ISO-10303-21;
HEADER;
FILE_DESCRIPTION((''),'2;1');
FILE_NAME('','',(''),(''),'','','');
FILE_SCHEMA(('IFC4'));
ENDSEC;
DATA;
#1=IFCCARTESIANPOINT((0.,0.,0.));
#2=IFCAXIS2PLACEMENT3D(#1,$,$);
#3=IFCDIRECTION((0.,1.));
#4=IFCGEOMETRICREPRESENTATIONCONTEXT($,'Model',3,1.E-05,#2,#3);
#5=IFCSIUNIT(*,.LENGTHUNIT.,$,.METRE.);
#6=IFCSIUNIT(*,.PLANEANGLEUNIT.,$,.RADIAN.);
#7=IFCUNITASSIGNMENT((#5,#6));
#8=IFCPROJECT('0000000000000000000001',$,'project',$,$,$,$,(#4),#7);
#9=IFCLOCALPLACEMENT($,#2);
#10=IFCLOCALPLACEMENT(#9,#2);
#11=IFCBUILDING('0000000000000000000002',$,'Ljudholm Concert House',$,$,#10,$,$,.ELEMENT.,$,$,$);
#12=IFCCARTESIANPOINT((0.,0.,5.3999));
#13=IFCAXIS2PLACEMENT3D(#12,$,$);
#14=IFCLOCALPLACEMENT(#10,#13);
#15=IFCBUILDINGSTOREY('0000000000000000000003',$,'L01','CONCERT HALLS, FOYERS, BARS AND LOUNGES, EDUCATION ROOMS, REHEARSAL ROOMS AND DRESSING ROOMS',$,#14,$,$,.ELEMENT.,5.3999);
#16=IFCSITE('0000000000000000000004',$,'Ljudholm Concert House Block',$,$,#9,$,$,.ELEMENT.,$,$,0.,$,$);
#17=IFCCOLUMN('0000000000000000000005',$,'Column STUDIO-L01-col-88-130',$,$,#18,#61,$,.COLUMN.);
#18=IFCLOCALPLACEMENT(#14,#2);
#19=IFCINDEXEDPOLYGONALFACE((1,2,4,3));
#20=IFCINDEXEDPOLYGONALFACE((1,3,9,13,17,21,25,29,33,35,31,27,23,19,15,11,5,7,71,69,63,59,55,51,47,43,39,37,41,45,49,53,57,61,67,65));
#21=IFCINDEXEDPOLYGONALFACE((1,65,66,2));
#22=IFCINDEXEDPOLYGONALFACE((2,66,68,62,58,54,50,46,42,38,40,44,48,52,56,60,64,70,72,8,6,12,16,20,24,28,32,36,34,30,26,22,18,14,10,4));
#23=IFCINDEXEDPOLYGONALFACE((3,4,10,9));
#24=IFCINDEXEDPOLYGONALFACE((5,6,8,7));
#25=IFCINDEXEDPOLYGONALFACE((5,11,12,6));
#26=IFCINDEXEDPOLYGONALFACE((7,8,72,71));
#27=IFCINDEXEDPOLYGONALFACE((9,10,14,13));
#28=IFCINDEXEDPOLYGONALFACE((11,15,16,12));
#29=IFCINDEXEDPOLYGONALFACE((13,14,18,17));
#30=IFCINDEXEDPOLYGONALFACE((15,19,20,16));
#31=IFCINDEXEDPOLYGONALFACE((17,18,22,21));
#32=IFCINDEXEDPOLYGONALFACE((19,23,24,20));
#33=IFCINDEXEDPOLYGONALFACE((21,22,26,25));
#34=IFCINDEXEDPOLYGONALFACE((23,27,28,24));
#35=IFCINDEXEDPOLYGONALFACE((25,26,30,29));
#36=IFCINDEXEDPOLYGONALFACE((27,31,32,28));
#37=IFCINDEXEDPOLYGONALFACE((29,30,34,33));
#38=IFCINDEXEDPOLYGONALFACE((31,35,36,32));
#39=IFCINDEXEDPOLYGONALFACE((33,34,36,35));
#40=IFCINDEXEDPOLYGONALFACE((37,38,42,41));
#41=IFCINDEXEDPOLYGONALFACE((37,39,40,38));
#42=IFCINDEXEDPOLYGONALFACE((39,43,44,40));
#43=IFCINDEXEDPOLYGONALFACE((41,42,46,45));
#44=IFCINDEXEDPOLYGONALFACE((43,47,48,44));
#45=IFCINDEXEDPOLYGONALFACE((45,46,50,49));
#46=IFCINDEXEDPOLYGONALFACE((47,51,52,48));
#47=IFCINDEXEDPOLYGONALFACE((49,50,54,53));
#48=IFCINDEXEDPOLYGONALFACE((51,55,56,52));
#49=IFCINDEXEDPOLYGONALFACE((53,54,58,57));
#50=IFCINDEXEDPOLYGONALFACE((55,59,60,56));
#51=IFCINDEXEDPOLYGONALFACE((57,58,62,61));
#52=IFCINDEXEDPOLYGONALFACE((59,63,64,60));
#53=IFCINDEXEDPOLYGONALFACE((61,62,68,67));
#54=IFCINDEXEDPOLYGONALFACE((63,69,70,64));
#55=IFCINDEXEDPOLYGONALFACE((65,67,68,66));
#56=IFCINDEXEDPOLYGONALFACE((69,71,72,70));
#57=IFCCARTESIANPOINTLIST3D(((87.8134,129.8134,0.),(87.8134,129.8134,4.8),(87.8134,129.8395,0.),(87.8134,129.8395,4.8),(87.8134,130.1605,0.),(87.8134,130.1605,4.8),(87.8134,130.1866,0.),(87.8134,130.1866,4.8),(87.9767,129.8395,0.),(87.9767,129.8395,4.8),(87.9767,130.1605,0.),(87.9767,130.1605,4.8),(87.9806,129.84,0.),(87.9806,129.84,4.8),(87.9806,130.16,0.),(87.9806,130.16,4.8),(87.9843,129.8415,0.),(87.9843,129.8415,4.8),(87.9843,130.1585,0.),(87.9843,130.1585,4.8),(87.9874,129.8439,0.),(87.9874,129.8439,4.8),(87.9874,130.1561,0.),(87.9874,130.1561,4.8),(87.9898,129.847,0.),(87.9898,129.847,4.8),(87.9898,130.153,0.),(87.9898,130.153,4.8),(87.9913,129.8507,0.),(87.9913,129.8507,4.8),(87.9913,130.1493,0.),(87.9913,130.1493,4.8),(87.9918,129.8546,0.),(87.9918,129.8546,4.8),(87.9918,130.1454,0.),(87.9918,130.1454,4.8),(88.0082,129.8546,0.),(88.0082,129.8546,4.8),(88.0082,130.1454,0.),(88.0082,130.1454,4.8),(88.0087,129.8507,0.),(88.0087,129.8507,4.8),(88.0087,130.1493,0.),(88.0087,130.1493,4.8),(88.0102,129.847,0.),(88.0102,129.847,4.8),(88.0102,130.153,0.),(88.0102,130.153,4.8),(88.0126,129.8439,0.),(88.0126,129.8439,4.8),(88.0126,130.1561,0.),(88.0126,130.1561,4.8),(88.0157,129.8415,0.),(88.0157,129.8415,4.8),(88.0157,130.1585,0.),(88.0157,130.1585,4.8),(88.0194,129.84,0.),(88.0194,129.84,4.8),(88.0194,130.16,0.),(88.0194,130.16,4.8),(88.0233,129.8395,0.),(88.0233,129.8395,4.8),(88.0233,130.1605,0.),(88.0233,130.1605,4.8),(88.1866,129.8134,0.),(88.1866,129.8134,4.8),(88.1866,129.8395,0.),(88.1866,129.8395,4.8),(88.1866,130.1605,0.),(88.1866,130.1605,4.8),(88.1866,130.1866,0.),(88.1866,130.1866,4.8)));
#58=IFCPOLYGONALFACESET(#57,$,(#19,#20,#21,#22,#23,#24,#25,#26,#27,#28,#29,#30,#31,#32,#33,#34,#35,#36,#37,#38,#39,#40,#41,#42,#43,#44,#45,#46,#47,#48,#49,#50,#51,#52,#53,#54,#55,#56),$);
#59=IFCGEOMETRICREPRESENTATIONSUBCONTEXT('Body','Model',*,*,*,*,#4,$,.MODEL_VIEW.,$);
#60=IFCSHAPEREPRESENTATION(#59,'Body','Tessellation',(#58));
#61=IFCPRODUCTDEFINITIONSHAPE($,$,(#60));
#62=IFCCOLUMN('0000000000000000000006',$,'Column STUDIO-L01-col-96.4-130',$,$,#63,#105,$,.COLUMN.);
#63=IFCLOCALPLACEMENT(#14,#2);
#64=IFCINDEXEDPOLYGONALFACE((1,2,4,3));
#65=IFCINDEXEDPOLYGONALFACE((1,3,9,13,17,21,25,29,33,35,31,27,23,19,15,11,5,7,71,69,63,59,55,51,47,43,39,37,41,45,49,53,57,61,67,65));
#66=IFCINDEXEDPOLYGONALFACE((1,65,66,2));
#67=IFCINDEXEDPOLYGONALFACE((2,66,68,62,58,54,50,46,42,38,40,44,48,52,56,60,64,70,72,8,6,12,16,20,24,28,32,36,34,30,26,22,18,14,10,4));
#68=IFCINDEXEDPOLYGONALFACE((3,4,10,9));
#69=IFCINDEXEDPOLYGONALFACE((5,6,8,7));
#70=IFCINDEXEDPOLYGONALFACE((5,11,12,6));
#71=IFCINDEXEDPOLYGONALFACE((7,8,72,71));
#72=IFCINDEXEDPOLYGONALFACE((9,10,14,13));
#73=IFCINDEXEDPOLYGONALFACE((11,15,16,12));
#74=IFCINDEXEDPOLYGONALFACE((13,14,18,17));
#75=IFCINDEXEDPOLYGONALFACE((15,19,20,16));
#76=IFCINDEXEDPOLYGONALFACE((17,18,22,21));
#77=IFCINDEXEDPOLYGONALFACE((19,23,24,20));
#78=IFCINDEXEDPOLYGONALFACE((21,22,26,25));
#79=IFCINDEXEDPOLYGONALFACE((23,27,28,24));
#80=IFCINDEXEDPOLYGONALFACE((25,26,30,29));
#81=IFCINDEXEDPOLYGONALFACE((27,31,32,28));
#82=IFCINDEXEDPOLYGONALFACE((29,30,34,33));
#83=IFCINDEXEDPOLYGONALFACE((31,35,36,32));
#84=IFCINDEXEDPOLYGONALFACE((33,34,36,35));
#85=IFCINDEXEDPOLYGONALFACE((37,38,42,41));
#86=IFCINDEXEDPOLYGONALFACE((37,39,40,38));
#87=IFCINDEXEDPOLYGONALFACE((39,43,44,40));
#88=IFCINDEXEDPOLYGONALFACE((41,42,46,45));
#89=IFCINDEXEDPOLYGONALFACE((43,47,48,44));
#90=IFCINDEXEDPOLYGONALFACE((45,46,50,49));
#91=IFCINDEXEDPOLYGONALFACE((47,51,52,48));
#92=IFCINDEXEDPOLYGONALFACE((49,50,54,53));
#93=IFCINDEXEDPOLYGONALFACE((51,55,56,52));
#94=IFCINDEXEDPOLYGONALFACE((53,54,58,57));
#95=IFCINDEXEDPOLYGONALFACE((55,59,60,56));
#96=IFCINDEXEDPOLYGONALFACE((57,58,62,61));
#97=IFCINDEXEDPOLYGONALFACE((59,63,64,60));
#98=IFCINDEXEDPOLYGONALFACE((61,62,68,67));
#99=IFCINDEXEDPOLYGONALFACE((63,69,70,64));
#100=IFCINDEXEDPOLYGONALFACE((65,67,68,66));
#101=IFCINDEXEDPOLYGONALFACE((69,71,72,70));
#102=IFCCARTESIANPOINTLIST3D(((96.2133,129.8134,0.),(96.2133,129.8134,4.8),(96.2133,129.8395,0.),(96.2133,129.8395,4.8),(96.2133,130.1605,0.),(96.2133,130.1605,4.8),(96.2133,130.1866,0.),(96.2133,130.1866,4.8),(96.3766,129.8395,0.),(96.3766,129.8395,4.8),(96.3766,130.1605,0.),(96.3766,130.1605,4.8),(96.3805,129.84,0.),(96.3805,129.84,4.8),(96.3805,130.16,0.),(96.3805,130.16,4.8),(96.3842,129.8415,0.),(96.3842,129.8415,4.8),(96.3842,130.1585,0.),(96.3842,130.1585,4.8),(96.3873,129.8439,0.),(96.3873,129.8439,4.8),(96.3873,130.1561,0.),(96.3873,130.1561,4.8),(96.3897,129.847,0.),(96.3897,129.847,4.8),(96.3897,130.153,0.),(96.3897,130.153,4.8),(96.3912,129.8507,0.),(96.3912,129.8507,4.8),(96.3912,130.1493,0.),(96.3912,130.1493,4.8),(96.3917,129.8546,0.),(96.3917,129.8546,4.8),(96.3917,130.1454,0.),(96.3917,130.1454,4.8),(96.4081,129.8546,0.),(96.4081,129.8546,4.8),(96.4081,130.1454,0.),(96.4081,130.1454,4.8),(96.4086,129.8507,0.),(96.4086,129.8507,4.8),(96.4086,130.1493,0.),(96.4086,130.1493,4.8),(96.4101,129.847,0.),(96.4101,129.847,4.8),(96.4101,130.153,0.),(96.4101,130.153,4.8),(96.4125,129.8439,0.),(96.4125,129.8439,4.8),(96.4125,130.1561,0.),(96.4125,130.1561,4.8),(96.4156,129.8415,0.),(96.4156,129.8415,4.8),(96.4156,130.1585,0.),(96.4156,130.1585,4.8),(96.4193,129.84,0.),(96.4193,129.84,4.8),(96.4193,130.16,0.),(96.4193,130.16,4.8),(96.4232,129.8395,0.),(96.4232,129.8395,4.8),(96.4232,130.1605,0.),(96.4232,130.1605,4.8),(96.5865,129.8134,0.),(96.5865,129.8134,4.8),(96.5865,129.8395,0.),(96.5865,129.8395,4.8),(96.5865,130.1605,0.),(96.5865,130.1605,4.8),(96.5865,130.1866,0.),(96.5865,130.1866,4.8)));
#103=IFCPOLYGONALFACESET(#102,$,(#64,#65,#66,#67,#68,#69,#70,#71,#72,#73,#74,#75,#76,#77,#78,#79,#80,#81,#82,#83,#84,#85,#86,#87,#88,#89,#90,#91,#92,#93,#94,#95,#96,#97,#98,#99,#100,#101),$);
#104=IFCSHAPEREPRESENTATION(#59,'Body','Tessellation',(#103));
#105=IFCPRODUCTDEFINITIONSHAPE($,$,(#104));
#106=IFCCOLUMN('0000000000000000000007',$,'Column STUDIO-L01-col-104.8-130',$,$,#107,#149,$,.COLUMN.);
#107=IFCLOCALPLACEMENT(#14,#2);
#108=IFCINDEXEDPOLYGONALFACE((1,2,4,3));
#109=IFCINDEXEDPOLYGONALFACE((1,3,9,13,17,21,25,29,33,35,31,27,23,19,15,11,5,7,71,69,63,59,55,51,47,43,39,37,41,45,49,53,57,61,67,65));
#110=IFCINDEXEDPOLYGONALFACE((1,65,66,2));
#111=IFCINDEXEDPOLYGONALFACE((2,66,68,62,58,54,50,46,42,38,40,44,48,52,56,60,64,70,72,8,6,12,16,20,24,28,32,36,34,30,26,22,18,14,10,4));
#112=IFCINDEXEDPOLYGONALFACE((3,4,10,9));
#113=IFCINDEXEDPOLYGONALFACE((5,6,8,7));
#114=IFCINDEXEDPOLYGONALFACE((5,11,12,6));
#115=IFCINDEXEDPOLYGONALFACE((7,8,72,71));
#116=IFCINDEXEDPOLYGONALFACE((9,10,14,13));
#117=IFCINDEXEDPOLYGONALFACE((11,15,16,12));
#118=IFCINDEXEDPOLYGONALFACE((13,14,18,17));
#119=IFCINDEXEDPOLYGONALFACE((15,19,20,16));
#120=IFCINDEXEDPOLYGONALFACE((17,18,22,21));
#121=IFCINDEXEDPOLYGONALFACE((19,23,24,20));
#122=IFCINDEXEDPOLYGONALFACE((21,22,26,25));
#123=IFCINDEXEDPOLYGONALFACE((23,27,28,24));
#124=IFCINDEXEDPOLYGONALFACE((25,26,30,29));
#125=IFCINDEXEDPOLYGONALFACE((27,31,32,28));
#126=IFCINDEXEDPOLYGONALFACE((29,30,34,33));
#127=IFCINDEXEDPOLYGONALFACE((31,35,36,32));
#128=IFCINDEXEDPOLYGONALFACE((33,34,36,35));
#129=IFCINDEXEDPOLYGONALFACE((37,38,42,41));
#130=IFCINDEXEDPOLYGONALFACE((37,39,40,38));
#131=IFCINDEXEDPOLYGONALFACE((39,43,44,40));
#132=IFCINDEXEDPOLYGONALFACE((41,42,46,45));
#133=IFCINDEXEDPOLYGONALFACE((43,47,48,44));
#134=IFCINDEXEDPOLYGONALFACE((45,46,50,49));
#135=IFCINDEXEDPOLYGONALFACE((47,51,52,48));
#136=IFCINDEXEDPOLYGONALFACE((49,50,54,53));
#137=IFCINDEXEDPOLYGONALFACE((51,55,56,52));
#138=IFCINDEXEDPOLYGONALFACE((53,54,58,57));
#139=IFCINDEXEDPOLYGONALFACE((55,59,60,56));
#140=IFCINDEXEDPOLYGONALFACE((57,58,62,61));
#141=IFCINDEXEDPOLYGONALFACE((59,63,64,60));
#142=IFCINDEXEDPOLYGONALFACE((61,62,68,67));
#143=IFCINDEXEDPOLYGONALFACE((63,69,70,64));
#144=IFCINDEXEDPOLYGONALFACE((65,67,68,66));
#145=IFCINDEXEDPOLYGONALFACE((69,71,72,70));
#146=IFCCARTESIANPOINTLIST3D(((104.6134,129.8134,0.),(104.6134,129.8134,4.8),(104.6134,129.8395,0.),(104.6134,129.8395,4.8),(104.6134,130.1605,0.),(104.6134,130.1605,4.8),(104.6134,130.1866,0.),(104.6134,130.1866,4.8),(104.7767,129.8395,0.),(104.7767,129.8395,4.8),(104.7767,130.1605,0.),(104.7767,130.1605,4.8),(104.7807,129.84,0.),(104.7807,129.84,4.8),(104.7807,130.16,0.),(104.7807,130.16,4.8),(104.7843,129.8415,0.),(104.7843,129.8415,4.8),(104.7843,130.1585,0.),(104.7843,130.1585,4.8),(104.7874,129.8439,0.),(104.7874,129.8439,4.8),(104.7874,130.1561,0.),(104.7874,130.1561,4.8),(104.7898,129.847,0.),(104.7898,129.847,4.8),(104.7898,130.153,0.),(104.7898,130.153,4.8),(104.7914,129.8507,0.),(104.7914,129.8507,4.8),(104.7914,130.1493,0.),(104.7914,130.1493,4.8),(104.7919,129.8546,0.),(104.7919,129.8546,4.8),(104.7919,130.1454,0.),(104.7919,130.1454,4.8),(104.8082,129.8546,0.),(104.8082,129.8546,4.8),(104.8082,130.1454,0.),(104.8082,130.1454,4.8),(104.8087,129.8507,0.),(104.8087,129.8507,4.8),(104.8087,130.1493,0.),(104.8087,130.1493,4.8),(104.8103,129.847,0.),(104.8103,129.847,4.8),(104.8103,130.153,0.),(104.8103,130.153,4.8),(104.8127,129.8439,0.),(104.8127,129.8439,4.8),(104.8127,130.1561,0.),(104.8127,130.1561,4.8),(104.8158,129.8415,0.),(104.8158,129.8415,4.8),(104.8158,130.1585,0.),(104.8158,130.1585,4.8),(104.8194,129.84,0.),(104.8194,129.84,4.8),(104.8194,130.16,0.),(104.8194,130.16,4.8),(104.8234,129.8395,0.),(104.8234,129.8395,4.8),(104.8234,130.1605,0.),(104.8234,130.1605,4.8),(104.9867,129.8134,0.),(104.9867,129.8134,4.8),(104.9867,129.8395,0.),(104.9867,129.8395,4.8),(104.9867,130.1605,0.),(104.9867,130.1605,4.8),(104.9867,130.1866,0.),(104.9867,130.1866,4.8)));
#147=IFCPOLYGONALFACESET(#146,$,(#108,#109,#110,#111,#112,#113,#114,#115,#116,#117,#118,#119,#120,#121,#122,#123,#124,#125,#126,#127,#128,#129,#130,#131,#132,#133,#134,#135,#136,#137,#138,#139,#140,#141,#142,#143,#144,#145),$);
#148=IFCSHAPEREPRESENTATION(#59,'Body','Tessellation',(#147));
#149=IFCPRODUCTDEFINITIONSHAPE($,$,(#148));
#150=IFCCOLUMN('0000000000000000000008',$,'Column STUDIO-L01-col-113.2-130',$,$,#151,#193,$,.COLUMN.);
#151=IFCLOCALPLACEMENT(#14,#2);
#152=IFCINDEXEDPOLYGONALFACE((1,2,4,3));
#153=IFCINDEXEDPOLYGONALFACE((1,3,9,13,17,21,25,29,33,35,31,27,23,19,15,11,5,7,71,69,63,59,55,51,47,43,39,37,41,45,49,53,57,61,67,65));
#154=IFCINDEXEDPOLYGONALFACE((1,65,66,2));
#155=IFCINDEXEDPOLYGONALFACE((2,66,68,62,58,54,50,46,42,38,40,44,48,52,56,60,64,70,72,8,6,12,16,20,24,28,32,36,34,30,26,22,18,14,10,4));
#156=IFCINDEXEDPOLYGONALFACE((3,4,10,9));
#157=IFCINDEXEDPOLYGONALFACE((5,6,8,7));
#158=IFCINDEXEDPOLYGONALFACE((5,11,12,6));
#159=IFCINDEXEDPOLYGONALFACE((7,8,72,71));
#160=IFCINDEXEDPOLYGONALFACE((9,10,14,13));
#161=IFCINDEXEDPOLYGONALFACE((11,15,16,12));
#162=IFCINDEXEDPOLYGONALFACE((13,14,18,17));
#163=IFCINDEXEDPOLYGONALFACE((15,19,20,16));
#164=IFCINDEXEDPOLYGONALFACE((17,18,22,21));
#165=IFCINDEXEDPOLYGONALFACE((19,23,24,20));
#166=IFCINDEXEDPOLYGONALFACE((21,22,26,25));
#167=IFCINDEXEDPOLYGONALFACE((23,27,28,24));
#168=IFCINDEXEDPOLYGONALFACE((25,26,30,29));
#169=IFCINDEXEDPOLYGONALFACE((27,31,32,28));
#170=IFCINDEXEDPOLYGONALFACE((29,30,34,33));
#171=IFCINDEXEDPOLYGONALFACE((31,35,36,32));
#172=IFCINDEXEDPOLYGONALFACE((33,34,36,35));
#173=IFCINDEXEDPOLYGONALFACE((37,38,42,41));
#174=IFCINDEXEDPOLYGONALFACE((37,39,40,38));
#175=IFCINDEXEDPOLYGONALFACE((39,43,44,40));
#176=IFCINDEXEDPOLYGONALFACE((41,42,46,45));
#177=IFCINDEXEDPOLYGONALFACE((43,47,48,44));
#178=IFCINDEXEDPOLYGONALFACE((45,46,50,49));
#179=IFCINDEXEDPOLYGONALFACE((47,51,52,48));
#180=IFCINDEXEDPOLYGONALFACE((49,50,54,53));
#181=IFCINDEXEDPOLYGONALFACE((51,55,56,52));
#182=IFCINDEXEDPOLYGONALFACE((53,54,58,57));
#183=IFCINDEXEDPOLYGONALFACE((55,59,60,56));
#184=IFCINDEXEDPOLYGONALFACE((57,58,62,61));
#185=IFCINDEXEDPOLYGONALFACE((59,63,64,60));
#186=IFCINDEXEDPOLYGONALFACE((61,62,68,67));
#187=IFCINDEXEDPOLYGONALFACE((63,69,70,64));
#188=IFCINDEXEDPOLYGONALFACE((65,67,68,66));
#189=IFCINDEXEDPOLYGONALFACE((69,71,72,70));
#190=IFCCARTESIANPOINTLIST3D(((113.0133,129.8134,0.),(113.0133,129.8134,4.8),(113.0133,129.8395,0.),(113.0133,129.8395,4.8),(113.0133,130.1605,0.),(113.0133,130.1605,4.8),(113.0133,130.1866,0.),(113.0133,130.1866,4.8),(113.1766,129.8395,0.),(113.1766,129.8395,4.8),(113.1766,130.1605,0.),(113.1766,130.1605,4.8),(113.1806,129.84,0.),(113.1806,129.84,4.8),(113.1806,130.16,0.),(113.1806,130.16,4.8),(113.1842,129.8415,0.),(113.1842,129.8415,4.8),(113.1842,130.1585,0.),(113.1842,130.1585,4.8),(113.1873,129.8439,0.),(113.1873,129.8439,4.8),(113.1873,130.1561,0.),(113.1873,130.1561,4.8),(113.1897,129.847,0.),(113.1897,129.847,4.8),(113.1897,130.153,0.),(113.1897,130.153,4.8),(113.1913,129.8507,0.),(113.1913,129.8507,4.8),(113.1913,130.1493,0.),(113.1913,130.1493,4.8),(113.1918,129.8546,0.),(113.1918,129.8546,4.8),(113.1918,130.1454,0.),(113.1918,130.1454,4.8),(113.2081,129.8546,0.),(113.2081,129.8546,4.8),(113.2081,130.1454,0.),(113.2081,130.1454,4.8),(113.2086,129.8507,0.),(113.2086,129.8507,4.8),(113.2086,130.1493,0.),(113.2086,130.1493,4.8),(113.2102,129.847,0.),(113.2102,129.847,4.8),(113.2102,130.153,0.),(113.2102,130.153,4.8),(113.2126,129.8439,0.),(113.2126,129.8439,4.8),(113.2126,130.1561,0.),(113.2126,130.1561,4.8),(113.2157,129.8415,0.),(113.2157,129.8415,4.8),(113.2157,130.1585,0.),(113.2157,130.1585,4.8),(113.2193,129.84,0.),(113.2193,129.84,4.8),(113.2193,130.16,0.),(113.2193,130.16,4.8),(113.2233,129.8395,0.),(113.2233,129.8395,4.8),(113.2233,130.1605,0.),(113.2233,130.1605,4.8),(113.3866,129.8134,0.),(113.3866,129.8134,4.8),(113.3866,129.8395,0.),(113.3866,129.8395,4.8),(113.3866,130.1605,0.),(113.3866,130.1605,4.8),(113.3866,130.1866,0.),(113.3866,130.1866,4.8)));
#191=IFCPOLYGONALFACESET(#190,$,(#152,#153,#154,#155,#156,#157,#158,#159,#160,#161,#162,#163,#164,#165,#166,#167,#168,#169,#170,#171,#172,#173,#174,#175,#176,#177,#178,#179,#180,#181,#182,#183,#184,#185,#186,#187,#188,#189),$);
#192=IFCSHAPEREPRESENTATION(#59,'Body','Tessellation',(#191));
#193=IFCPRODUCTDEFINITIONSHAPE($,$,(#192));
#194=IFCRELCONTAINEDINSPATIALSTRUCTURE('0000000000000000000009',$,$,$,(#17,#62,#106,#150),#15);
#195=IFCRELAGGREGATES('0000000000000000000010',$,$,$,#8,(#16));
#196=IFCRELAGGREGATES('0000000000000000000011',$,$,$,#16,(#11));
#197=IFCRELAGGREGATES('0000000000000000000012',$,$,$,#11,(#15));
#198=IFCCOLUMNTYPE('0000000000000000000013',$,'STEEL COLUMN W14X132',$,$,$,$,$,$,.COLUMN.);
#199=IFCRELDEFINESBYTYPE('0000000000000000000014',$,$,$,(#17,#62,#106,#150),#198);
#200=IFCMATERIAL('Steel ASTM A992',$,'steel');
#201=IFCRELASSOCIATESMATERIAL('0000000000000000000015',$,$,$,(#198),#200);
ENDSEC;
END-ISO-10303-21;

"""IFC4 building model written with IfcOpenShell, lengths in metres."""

from ifc_helpers import new_model, si_unit, direction, frame, origin, origin_2d, place, context, subcontext, project, spatial, i_section, extrude, material, material_profile, profile_set, type_object, element, save


model = new_model("IFC4")

# Units and contexts
model_context = context("Model", 3, precision=1e-05, world=origin(), true_north=direction((0.0, 1.0)))
body_context = subcontext(model_context, "Body", "Model", "MODEL_VIEW")
ifc_project = project(units=[si_unit("LENGTHUNIT", "METRE"), si_unit("PLANEANGLEUNIT", "RADIAN")], contexts=[model_context])

# Site, building, storey
site_placement = place(None, origin())
site = spatial("IfcSite", under=ifc_project, at=site_placement, Name="Ljudholm Concert House Block", CompositionType="ELEMENT", RefElevation=0.0)
building_placement = place(site_placement, origin())
building = spatial("IfcBuilding", under=site, at=building_placement, Name="Ljudholm Concert House", CompositionType="ELEMENT")
storey_placement = place(building_placement, frame((0.0, 0.0, 5.3999)))
storey = spatial("IfcBuildingStorey", under=building, at=storey_placement, Name="L01", Description="CONCERT HALLS, FOYERS, BARS AND LOUNGES, EDUCATION ROOMS, REHEARSAL ROOMS AND DRESSING ROOMS", CompositionType="ELEMENT", Elevation=5.3999)

# Columns
ifc_material_1 = material(Name="Steel ASTM A992", Category="steel")
ifc_material_profile_1 = material_profile(ifc_material_1, i_section(OverallWidth=0.3733, OverallDepth=0.3733, WebThickness=0.0164, FlangeThickness=0.0261, FilletRadius=0.0151, at=origin_2d()), Name="W14X132")
ifc_profile_set_1 = profile_set([ifc_material_profile_1], Name="Steel ASTM A992")
column_type = type_object("IfcColumnType", Name="STEEL COLUMN W14X132", PredefinedType="COLUMN", material=ifc_profile_set_1)
for number, where, z_axis, x_axis, name in (
    (1, (88.0, 130.0, 0.0), (0.0, 0.0, 1.0), (1.0, 0.0, 0.0), "Column STUDIO-L01-col-88-130"),
    (2, (96.3999, 130.0, 0.0), (0.0, 0.0, 1.0), (1.0, 0.0, 0.0), "Column STUDIO-L01-col-96.4-130"),
    (3, (104.8, 130.0, 0.0), (0.0, 0.0, 1.0), (1.0, 0.0, 0.0), "Column STUDIO-L01-col-104.8-130"),
    (4, (113.2, 130.0, 0.0), (0.0, 0.0, 1.0), (1.0, 0.0, 0.0), "Column STUDIO-L01-col-113.2-130"),
):
    element("IfcColumn", number, at=place(storey_placement, frame(where, z_axis=z_axis, x_axis=x_axis)), inside=storey, type_object=column_type, Name=name, PredefinedType="COLUMN", context=body_context, shape_type="SweptSolid", body=[
        extrude(i_section(OverallWidth=0.3733, OverallDepth=0.3733, WebThickness=0.0164, FlangeThickness=0.0261, FilletRadius=0.0151, at=origin_2d()), origin(), (0.0, 0.0, 1.0), 4.8),
    ])

save(model, "model.ifc")
